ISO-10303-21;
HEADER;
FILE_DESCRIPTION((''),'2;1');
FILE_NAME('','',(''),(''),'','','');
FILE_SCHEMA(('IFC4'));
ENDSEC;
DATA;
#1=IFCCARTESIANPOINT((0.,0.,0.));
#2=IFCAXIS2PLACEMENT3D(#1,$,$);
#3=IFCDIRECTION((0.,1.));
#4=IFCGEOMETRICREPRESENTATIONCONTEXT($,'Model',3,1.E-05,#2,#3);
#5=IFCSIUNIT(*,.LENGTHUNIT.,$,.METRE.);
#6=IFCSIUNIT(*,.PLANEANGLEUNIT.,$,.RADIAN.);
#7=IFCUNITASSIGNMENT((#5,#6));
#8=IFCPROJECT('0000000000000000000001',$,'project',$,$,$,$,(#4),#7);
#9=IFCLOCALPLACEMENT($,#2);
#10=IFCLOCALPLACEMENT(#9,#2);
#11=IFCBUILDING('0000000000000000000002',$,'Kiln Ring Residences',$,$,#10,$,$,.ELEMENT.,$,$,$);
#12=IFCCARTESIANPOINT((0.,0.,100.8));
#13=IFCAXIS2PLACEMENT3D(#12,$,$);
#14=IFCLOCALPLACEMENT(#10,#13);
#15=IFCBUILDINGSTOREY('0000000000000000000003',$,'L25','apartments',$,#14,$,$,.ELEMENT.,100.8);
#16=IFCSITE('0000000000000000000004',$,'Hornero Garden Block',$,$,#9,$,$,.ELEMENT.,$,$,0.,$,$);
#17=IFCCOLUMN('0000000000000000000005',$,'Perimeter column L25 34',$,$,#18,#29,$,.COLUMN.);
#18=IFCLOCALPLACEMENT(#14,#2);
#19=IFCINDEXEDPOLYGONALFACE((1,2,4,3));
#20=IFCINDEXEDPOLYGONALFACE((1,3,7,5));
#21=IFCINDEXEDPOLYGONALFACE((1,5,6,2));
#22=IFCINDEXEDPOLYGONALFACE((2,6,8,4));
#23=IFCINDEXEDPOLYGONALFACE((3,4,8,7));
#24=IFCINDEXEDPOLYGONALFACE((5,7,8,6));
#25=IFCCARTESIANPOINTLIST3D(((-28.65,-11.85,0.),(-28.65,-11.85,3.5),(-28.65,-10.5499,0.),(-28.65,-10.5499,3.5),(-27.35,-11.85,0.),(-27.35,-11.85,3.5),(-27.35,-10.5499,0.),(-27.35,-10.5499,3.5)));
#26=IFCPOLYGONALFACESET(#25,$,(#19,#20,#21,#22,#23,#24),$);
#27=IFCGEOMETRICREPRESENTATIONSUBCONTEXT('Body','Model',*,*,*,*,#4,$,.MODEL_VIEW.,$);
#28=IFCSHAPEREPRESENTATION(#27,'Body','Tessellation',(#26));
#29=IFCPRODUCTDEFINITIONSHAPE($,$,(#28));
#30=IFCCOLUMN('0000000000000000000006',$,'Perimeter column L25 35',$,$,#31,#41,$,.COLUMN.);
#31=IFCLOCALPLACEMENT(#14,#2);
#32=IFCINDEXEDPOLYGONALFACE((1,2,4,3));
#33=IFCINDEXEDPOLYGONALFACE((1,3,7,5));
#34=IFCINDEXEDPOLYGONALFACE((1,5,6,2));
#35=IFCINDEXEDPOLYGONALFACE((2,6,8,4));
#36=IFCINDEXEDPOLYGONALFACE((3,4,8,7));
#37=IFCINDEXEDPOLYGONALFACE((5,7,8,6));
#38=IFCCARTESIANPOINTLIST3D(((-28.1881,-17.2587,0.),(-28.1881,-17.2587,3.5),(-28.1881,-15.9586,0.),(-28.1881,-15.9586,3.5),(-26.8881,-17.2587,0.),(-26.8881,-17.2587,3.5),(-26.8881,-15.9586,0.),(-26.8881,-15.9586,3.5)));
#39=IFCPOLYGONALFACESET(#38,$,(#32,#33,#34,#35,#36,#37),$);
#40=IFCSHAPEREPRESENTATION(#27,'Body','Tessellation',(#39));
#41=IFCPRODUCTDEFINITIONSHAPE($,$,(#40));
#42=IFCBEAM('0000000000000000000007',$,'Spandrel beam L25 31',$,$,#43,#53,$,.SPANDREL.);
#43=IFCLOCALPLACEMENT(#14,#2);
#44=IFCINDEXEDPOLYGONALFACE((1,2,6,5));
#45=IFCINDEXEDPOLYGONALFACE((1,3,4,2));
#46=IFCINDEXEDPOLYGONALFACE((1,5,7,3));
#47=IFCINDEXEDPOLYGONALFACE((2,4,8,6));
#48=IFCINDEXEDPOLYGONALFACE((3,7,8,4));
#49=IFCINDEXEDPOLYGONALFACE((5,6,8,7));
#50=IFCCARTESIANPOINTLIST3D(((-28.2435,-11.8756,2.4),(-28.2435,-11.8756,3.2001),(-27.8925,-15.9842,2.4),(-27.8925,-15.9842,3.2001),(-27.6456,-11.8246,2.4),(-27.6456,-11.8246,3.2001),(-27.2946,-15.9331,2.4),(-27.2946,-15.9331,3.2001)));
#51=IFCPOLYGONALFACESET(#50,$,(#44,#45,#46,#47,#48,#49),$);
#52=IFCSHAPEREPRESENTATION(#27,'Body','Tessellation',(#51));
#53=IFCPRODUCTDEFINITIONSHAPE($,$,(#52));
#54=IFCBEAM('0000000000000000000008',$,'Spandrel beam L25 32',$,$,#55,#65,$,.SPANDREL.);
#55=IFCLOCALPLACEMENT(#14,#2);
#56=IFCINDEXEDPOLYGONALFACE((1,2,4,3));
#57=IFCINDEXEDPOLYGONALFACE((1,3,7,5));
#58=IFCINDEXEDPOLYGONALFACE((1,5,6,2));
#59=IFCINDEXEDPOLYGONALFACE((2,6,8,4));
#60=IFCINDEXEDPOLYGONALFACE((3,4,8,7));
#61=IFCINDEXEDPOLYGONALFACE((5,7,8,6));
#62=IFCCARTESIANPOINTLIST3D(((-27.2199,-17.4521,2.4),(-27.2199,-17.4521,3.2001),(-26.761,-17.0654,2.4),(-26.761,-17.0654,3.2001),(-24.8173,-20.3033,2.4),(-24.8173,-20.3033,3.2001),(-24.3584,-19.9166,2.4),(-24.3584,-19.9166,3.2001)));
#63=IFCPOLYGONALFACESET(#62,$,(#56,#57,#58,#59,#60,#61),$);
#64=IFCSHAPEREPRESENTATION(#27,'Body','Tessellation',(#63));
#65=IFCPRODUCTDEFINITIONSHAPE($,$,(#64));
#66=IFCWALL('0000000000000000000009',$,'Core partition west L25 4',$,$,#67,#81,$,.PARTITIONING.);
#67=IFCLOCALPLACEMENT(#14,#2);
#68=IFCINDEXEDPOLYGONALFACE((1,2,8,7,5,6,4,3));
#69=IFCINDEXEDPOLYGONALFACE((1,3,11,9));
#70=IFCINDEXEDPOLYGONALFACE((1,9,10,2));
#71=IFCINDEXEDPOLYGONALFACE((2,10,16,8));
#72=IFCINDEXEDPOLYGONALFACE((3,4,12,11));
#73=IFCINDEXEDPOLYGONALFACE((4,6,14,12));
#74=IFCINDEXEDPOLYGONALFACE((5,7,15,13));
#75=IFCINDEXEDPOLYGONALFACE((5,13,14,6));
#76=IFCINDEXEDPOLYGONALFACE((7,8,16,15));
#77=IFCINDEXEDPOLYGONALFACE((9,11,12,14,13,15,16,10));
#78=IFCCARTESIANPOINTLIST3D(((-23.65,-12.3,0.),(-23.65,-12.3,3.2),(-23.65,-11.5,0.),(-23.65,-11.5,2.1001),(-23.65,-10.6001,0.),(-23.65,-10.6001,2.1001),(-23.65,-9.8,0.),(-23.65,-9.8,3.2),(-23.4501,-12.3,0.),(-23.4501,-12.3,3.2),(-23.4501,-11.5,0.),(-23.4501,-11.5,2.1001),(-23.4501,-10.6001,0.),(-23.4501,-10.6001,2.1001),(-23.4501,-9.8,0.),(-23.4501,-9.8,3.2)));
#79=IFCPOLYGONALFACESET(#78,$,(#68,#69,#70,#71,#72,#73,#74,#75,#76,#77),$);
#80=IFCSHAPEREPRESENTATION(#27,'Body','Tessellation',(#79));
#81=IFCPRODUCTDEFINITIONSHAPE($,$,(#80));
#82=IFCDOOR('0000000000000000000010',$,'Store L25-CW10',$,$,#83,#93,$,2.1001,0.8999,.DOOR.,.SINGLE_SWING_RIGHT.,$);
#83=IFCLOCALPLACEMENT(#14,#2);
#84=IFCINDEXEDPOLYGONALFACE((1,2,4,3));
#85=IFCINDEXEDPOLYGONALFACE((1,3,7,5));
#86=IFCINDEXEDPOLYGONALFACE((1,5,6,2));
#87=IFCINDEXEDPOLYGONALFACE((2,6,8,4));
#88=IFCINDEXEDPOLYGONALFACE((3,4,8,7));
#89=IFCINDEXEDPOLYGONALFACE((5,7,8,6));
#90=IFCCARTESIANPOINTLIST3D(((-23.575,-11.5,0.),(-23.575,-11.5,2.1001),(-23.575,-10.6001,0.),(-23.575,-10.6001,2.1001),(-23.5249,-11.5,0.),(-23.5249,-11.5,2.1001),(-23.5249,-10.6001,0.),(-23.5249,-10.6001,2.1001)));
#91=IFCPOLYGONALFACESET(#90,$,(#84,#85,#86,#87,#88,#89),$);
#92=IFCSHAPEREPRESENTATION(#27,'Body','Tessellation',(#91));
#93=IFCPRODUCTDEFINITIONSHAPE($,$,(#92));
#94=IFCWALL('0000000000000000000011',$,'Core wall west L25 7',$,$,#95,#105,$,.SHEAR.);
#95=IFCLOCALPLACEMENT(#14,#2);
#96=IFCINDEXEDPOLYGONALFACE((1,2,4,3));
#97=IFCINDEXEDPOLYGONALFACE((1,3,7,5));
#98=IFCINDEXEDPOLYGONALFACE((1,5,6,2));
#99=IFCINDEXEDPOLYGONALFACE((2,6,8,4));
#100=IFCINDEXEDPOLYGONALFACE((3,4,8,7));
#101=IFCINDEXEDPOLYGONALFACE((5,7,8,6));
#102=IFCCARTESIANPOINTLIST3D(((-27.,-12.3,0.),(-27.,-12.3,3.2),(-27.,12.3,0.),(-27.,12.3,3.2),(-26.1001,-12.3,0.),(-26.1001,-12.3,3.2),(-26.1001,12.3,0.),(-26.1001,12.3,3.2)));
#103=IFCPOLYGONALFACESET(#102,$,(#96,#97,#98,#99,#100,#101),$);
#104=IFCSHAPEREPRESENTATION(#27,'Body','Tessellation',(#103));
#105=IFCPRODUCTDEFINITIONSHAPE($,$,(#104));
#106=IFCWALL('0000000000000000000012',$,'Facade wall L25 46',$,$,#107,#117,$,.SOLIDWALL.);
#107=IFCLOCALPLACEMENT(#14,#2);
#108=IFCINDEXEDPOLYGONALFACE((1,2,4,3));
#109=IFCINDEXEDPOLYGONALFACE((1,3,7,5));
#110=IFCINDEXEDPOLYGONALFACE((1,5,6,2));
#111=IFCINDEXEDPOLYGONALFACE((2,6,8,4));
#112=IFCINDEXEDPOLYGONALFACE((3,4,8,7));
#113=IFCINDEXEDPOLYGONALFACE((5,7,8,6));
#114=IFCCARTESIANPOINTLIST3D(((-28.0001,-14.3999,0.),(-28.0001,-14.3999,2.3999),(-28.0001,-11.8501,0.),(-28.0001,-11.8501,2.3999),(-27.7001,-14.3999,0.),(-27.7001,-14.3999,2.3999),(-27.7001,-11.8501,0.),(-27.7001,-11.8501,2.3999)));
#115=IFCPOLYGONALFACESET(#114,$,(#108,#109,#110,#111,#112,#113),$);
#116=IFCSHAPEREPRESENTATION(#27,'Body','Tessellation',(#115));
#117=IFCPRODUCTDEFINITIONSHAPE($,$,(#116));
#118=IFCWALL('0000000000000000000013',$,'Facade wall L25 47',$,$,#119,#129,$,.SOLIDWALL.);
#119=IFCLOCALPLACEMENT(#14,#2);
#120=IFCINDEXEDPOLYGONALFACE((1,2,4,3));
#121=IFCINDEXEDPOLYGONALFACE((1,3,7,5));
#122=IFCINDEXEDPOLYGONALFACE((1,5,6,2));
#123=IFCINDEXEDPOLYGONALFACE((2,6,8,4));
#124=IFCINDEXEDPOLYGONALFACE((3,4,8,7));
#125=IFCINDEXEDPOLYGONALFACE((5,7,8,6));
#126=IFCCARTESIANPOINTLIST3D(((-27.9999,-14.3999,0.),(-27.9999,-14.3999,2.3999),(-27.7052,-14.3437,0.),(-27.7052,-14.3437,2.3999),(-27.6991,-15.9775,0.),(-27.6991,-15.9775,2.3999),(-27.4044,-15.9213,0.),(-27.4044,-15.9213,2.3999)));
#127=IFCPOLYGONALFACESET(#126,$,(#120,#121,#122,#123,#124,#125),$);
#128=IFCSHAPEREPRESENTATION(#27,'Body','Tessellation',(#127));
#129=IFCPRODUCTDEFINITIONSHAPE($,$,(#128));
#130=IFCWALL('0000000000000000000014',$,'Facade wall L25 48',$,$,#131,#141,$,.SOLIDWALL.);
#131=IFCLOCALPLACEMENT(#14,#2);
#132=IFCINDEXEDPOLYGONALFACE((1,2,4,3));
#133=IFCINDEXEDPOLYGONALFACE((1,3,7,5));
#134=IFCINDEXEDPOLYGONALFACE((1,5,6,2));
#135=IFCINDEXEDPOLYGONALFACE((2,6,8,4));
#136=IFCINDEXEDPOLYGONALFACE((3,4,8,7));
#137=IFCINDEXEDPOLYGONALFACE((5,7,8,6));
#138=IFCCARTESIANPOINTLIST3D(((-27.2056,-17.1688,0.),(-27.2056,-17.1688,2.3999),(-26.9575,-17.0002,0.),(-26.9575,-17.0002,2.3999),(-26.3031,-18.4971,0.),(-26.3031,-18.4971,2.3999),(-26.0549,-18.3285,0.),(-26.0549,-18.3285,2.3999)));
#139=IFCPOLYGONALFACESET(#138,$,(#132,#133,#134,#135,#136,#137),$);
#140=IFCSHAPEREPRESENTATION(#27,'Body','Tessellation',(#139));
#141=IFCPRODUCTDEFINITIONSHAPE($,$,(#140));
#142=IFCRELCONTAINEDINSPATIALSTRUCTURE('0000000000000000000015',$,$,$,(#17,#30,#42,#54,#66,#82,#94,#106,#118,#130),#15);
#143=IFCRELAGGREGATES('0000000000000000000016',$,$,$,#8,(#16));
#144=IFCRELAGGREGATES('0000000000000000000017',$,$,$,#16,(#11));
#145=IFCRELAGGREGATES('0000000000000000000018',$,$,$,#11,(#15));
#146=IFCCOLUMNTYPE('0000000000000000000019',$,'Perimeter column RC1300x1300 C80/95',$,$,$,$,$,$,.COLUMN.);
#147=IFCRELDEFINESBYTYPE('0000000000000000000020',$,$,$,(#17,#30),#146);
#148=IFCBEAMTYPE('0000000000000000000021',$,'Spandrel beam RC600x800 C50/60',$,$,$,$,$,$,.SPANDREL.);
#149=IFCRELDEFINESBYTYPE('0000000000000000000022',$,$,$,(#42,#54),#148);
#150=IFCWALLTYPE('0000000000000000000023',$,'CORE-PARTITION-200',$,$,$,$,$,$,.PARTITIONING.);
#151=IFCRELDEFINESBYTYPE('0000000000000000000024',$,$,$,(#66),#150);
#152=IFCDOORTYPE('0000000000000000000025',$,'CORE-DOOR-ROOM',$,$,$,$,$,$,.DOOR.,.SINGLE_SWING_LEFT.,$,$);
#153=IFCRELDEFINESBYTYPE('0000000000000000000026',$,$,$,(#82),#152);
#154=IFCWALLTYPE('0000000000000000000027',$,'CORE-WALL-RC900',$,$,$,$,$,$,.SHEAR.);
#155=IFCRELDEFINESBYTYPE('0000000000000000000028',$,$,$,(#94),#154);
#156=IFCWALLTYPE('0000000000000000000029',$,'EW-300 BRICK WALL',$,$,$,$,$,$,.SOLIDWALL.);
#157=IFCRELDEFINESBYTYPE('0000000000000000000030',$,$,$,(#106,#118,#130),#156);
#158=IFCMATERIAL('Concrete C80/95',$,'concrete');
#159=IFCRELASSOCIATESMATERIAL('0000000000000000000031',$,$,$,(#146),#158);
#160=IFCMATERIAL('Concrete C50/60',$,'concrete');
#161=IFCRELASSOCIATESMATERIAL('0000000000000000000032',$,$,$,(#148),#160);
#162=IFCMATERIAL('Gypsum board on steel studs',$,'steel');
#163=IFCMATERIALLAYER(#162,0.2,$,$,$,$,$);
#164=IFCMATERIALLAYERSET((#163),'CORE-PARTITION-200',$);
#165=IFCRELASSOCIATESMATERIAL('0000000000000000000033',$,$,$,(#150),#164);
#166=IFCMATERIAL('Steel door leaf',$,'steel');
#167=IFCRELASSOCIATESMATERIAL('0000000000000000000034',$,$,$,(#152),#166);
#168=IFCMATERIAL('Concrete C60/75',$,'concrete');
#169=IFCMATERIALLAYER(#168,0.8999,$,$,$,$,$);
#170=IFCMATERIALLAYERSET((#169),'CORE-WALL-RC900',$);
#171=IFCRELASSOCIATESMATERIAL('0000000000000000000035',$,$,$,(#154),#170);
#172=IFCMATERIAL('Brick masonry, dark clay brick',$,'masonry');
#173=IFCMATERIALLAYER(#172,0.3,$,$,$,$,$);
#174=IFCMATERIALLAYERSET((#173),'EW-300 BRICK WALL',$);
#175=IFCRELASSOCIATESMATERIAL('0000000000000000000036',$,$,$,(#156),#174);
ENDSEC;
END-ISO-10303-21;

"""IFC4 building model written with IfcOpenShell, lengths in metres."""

from ifc_helpers import new_model, si_unit, direction, frame, frame_2d, origin, origin_2d, place, context, subcontext, project, spatial, rectangle, extrude, material, layer, layer_set, material_profile, profile_set, type_object, element, fill, save


model = new_model("IFC4")

# Units and contexts
model_context = context("Model", 3, precision=1e-05, world=origin(), true_north=direction((0.0, 1.0)))
body_context = subcontext(model_context, "Body", "Model", "MODEL_VIEW")
ifc_project = project(units=[si_unit("LENGTHUNIT", "METRE"), si_unit("PLANEANGLEUNIT", "RADIAN")], contexts=[model_context])

# Site, building, storey
site_placement = place(None, origin())
site = spatial("IfcSite", under=ifc_project, at=site_placement, Name="Hornero Garden Block", CompositionType="ELEMENT", RefElevation=0.0)
building_placement = place(site_placement, origin())
building = spatial("IfcBuilding", under=site, at=building_placement, Name="Kiln Ring Residences", CompositionType="ELEMENT")
storey_placement = place(building_placement, frame((0.0, 0.0, 100.8)))
storey = spatial("IfcBuildingStorey", under=building, at=storey_placement, Name="L25", Description="apartments", CompositionType="ELEMENT", Elevation=100.8)

# Columns
ifc_material_1 = material(Name="Concrete C80/95", Category="concrete")
ifc_material_profile_1 = material_profile(ifc_material_1, rectangle(XDim=1.3, YDim=1.3, at=origin_2d()), Name="RC1300x1300")
ifc_profile_set_1 = profile_set([ifc_material_profile_1], Name="Concrete C80/95")
column_type = type_object("IfcColumnType", Name="Perimeter column RC1300x1300 C80/95", PredefinedType="COLUMN", material=ifc_profile_set_1)
for number, where, z_axis, x_axis, name in (
    (1, (-28.0, -11.2, 0.0), (0.0, 0.0, 1.0), (1.0, 0.0, 0.0), "Perimeter column L25 34"),
    (2, (-27.5381, -16.6086, 0.0), (0.0, 0.0, 1.0), (1.0, 0.0, 0.0), "Perimeter column L25 35"),
):
    element("IfcColumn", number, at=place(storey_placement, frame(where, z_axis=z_axis, x_axis=x_axis)), inside=storey, type_object=column_type, Name=name, PredefinedType="COLUMN", context=body_context, shape_type="SweptSolid", body=[
        extrude(rectangle(XDim=1.3, YDim=1.3, at=origin_2d()), origin(), (0.0, 0.0, 1.0), 3.5),
    ])

# Beams
ifc_material_2 = material(Name="Concrete C50/60", Category="concrete")
ifc_material_profile_2 = material_profile(ifc_material_2, rectangle(XDim=0.6001, YDim=0.8, at=origin_2d()), Name="RC600x800")
ifc_profile_set_2 = profile_set([ifc_material_profile_2], Name="Concrete C50/60")
beam_type = type_object("IfcBeamType", Name="Spandrel beam RC600x800 C50/60", PredefinedType="SPANDREL", material=ifc_profile_set_2)
beam_1_placement = place(storey_placement, frame((-27.9446, -11.8501, 2.8), z_axis=(0.085137, -0.996369, 0.0), x_axis=(0.996369, 0.085137, 0.0)))
element("IfcBeam", 3, at=beam_1_placement, inside=storey, type_object=beam_type, Name="Spandrel beam L25 31", PredefinedType="SPANDREL", context=body_context, shape_type="SweptSolid", body=[
    extrude(rectangle(XDim=0.6001, YDim=0.8, at=origin_2d()), origin(), (0.0, 0.0, 1.0), 4.1235),
])
beam_2_placement = place(storey_placement, frame((-26.9905, -17.2588, 2.8), z_axis=(0.6444, -0.764689, 0.0), x_axis=(0.764689, 0.6444, 0.0)))
element("IfcBeam", 4, at=beam_2_placement, inside=storey, type_object=beam_type, Name="Spandrel beam L25 32", PredefinedType="SPANDREL", context=body_context, shape_type="SweptSolid", body=[
    extrude(rectangle(XDim=0.6001, YDim=0.8, at=origin_2d()), origin(), (0.0, 0.0, 1.0), 3.7285),
])

# Wall, opening, door
ifc_material_3 = material(Name="Gypsum board on steel studs", Category="steel")
ifc_layer_1 = layer(ifc_material_3, 0.2)
ifc_layer_set_1 = layer_set([ifc_layer_1], Name="CORE-PARTITION-200")
wall_type_1 = type_object("IfcWallType", Name="CORE-PARTITION-200", PredefinedType="PARTITIONING", material=ifc_layer_set_1)
wall_1_placement = place(storey_placement, frame((-23.55, -12.3, 0.0), z_axis=(0.0, 0.0, 1.0), x_axis=(0.0, 1.0, 0.0)))
wall_1 = element("IfcWall", 5, at=wall_1_placement, inside=storey, type_object=wall_type_1, Name="Core partition west L25 4", PredefinedType="PARTITIONING", context=body_context, shape_type="SweptSolid", body=[
    extrude(rectangle(XDim=2.5, YDim=0.2, at=frame_2d((1.25, 0.0))), origin(), (0.0, 0.0, 1.0), 3.2),
])
opening_1_placement = place(wall_1_placement, frame((0.8, 0.0, 0.0)))
opening_1 = element("IfcOpeningElement", 6, at=opening_1_placement, cuts=wall_1, PredefinedType="OPENING", context=body_context, shape_type="SweptSolid", body=[
    extrude(rectangle(XDim=0.8999, YDim=2.1001, at=frame_2d((0.45, 1.05))), frame((0.0, 0.1099, 0.0), z_axis=(0.0, -1.0, 0.0), x_axis=(1.0, 0.0, 0.0)), (0.0, 0.0, 1.0), 0.22),
])
ifc_material_4 = material(Name="Steel door leaf", Category="steel")
door_type_1 = type_object("IfcDoorType", Name="CORE-DOOR-ROOM", OperationType="SINGLE_SWING_LEFT", PredefinedType="DOOR", material=ifc_material_4)
door_1_placement = place(opening_1_placement, origin())
door_1 = element("IfcDoor", 7, at=door_1_placement, inside=storey, type_object=door_type_1, Name="Store L25-CW10", OperationType="SINGLE_SWING_RIGHT", OverallHeight=2.1001, OverallWidth=0.8999, PredefinedType="DOOR", context=body_context, shape_type="SweptSolid", body=[
    extrude(rectangle(XDim=0.8999, YDim=2.1001, at=frame_2d((0.45, 1.05))), frame((0.0, 0.0249, 0.0), z_axis=(0.0, -1.0, 0.0), x_axis=(1.0, 0.0, 0.0)), (0.0, 0.0, 1.0), 0.05),
])
fill(opening_1, door_1)

# Walls
ifc_material_5 = material(Name="Concrete C60/75", Category="concrete")
ifc_layer_2 = layer(ifc_material_5, 0.8999)
ifc_layer_set_2 = layer_set([ifc_layer_2], Name="CORE-WALL-RC900")
wall_type_2 = type_object("IfcWallType", Name="CORE-WALL-RC900", PredefinedType="SHEAR", material=ifc_layer_set_2)
wall_2_placement = place(storey_placement, frame((-26.55, -12.3, 0.0), z_axis=(0.0, 0.0, 1.0), x_axis=(0.0, 1.0, 0.0)))
element("IfcWall", 8, at=wall_2_placement, inside=storey, type_object=wall_type_2, Name="Core wall west L25 7", PredefinedType="SHEAR", context=body_context, shape_type="SweptSolid", body=[
    extrude(rectangle(XDim=24.6001, YDim=0.8999, at=frame_2d((12.3, 0.0))), origin(), (0.0, 0.0, 1.0), 3.2),
])
ifc_material_6 = material(Name="Brick masonry, dark clay brick", Category="masonry")
ifc_layer_3 = layer(ifc_material_6, 0.3)
ifc_layer_set_3 = layer_set([ifc_layer_3], Name="EW-300 BRICK WALL")
wall_type_3 = type_object("IfcWallType", Name="EW-300 BRICK WALL", PredefinedType="SOLIDWALL", material=ifc_layer_set_3)
wall_3_placement = place(storey_placement, frame((-27.8501, -11.8501, 0.0), z_axis=(0.0, 0.0, 1.0), x_axis=(0.0, -1.0, 0.0)))
element("IfcWall", 9, at=wall_3_placement, inside=storey, type_object=wall_type_3, Name="Facade wall L25 46", PredefinedType="SOLIDWALL", context=body_context, shape_type="SweptSolid", body=[
    extrude(rectangle(XDim=2.5498, YDim=0.3, at=frame_2d((1.2749, 0.0))), origin(), (0.0, 0.0, 1.0), 2.3999),
])
for number, where, z_axis, x_axis, name in (
    (10, (-27.8525, -14.3718, 0.0), (0.0, 0.0, 1.0), (0.18728, -0.982307, 0.0), "Facade wall L25 47"),
    (11, (-27.0815, -17.0845, 0.0), (0.0, 0.0, 1.0), (0.562011, -0.82713, 0.0), "Facade wall L25 48"),
):
    element("IfcWall", number, at=place(storey_placement, frame(where, z_axis=z_axis, x_axis=x_axis)), inside=storey, type_object=wall_type_3, Name=name, PredefinedType="SOLIDWALL", context=body_context, shape_type="SweptSolid", body=[
        extrude(rectangle(XDim=1.606, YDim=0.3, at=frame_2d((0.803, 0.0))), origin(), (0.0, 0.0, 1.0), 2.3999),
    ])

save(model, "model.ifc")
